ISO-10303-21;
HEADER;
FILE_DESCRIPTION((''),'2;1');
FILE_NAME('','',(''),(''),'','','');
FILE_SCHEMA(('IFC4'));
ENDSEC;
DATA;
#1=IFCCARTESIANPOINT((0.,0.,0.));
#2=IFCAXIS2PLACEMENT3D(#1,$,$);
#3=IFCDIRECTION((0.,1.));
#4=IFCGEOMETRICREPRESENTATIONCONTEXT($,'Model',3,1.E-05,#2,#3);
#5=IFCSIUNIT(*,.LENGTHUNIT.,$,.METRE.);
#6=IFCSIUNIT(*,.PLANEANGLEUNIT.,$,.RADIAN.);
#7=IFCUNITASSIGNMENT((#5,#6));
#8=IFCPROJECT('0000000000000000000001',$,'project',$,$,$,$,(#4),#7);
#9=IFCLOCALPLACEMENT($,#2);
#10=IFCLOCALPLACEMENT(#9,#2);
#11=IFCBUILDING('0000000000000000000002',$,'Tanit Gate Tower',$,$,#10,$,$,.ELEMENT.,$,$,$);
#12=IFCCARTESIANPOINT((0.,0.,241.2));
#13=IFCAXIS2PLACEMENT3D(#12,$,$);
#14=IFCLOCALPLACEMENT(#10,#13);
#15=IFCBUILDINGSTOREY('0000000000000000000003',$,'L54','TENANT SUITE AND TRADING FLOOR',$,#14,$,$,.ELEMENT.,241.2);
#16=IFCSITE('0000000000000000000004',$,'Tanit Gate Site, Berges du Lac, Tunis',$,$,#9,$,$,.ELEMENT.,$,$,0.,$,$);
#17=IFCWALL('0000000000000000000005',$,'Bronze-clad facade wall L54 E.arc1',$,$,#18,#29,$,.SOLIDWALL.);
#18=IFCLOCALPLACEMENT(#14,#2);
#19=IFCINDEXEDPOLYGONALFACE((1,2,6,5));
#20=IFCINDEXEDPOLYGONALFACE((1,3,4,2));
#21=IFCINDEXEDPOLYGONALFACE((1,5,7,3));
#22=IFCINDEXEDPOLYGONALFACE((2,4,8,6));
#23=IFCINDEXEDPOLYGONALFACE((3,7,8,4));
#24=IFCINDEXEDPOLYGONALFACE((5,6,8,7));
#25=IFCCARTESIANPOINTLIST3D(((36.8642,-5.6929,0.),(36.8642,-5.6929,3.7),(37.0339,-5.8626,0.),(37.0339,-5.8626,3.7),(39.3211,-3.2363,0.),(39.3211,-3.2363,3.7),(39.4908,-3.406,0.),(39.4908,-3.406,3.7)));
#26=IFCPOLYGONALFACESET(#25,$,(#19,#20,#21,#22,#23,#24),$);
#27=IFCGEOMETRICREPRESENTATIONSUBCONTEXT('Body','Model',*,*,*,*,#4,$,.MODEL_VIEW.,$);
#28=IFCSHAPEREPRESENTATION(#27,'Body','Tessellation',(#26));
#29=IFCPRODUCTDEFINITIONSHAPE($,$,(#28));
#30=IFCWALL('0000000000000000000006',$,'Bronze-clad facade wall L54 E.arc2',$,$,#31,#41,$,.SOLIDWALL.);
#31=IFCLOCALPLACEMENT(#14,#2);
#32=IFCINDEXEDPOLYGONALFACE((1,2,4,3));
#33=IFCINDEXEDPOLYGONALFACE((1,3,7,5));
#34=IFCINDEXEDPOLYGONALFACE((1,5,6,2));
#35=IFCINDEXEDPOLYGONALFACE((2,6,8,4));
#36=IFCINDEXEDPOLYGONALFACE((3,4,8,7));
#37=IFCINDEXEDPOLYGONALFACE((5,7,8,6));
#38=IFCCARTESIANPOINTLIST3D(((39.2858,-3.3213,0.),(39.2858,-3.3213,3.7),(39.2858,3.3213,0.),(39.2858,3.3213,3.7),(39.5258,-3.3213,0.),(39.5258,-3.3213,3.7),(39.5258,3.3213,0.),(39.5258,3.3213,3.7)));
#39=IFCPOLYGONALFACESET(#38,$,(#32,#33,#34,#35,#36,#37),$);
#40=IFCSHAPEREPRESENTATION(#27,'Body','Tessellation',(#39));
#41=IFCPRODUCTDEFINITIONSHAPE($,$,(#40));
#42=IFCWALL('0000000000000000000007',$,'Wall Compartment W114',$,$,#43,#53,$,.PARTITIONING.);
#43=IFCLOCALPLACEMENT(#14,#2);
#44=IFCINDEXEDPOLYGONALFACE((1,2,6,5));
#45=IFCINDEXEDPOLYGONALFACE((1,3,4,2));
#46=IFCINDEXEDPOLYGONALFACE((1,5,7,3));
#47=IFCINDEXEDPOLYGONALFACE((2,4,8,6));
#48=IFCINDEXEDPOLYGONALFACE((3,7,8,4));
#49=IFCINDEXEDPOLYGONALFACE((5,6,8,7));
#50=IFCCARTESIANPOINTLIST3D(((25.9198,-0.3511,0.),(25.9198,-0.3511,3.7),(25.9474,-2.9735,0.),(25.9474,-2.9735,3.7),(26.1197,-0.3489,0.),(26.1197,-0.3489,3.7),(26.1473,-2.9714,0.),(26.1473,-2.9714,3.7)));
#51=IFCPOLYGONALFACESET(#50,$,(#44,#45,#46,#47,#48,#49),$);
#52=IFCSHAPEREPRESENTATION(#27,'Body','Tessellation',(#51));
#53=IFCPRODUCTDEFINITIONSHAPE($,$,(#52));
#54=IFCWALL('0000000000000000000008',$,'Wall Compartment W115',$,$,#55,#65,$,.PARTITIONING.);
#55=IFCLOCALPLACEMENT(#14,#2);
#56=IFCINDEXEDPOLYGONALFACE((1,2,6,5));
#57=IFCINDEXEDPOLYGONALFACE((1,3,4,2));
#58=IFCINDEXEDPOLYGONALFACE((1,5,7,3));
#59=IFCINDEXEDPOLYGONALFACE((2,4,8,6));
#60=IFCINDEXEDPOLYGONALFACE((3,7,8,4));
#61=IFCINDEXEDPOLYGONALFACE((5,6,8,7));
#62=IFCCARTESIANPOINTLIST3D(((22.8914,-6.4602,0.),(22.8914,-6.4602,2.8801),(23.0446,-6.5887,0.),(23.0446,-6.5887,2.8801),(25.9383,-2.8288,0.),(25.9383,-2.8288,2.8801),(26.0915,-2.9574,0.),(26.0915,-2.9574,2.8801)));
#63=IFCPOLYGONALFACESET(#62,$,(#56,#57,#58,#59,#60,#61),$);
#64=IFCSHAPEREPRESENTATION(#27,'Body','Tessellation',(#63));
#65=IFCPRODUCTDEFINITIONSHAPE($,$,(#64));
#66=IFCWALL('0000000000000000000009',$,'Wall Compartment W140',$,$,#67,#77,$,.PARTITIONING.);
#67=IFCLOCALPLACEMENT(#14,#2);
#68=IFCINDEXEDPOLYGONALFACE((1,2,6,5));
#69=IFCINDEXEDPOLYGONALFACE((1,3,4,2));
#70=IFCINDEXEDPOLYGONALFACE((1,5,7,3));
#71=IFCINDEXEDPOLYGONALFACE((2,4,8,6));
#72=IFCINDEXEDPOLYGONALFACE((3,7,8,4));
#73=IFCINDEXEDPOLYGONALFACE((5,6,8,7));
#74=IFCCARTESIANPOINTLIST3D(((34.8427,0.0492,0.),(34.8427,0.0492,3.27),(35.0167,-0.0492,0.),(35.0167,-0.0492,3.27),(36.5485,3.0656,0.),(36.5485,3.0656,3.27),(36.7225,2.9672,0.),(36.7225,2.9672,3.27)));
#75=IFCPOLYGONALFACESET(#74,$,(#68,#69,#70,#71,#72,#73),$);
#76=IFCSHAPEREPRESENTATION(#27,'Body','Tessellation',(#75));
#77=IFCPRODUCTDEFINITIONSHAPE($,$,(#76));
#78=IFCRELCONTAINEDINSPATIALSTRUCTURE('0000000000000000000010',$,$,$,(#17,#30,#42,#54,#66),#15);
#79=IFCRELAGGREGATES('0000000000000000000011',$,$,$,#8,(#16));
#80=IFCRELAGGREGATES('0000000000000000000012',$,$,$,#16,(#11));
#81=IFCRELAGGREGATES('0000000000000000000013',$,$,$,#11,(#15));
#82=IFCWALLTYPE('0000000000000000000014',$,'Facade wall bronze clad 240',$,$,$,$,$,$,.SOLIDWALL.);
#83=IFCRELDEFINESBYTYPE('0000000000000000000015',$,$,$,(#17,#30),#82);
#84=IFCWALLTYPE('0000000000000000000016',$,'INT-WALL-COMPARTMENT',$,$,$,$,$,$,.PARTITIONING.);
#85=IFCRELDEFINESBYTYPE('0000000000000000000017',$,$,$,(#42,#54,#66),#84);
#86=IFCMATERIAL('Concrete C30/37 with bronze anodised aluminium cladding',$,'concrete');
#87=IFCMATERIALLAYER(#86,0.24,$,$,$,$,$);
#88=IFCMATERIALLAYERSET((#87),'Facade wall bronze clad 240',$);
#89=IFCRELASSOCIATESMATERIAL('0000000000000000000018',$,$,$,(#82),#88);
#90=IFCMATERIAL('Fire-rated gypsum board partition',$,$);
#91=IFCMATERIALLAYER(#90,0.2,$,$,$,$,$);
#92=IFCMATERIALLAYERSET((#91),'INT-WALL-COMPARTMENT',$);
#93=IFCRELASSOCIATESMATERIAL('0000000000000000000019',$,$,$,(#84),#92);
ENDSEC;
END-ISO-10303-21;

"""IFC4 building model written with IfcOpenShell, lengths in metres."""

from ifc_helpers import new_model, si_unit, direction, frame, frame_2d, origin, place, context, subcontext, project, spatial, rectangle, extrude, material, layer, layer_set, type_object, element, save


model = new_model("IFC4")

# Units and contexts
model_context = context("Model", 3, precision=1e-05, world=origin(), true_north=direction((0.0, 1.0)))
body_context = subcontext(model_context, "Body", "Model", "MODEL_VIEW")
ifc_project = project(units=[si_unit("LENGTHUNIT", "METRE"), si_unit("PLANEANGLEUNIT", "RADIAN")], contexts=[model_context])

# Site, building, storey
site_placement = place(None, origin())
site = spatial("IfcSite", under=ifc_project, at=site_placement, Name="Tanit Gate Site, Berges du Lac, Tunis", CompositionType="ELEMENT", RefElevation=0.0)
building_placement = place(site_placement, origin())
building = spatial("IfcBuilding", under=site, at=building_placement, Name="Tanit Gate Tower", CompositionType="ELEMENT")
storey_placement = place(building_placement, frame((0.0, 0.0, 241.2)))
storey = spatial("IfcBuildingStorey", under=building, at=storey_placement, Name="L54", Description="TENANT SUITE AND TRADING FLOOR", CompositionType="ELEMENT", Elevation=241.2)

# Walls
ifc_material_1 = material(Name="Concrete C30/37 with bronze anodised aluminium cladding", Category="concrete")
ifc_layer_1 = layer(ifc_material_1, 0.24)
ifc_layer_set_1 = layer_set([ifc_layer_1], Name="Facade wall bronze clad 240")
wall_type_1 = type_object("IfcWallType", Name="Facade wall bronze clad 240", PredefinedType="SOLIDWALL", material=ifc_layer_set_1)
wall_1_placement = place(storey_placement, frame((36.949, -5.7778, 0.0), z_axis=(0.0, 0.0, 1.0), x_axis=(0.707142, 0.707072, 0.0)))
element("IfcWall", 1, at=wall_1_placement, inside=storey, type_object=wall_type_1, Name="Bronze-clad facade wall L54 E.arc1", PredefinedType="SOLIDWALL", context=body_context, shape_type="SweptSolid", body=[
    extrude(rectangle(XDim=3.4744, YDim=0.24, at=frame_2d((1.7373, 0.0))), origin(), (0.0, 0.0, 1.0), 3.7),
])
wall_2_placement = place(storey_placement, frame((39.4058, -3.3213, 0.0), z_axis=(0.0, 0.0, 1.0), x_axis=(0.0, 1.0, 0.0)))
element("IfcWall", 2, at=wall_2_placement, inside=storey, type_object=wall_type_1, Name="Bronze-clad facade wall L54 E.arc2", PredefinedType="SOLIDWALL", context=body_context, shape_type="SweptSolid", body=[
    extrude(rectangle(XDim=6.6426, YDim=0.24, at=frame_2d((3.3213, 0.0))), origin(), (0.0, 0.0, 1.0), 3.7),
])
ifc_material_2 = material(Name="Fire-rated gypsum board partition")
ifc_layer_2 = layer(ifc_material_2, 0.2)
ifc_layer_set_2 = layer_set([ifc_layer_2], Name="INT-WALL-COMPARTMENT")
wall_type_2 = type_object("IfcWallType", Name="INT-WALL-COMPARTMENT", PredefinedType="PARTITIONING", material=ifc_layer_set_2)
wall_3_placement = place(storey_placement, frame((26.0474, -2.9724, 0.0), z_axis=(0.0, 0.0, 1.0), x_axis=(-0.01052, 0.999945, 0.0)))
element("IfcWall", 3, at=wall_3_placement, inside=storey, type_object=wall_type_2, Name="Wall Compartment W114", PredefinedType="PARTITIONING", context=body_context, shape_type="SweptSolid", body=[
    extrude(rectangle(XDim=2.6226, YDim=0.2, at=frame_2d((1.3113, 0.0))), origin(), (0.0, 0.0, 1.0), 3.7),
])
wall_4_placement = place(storey_placement, frame((22.968, -6.5244, 0.0), z_axis=(0.0, 0.0, 1.0), x_axis=(0.642764, 0.766064, 0.0)))
element("IfcWall", 4, at=wall_4_placement, inside=storey, type_object=wall_type_2, Name="Wall Compartment W115", PredefinedType="PARTITIONING", context=body_context, shape_type="SweptSolid", body=[
    extrude(rectangle(XDim=4.7402, YDim=0.2, at=frame_2d((2.3701, 0.0))), origin(), (0.0, 0.0, 1.0), 2.8801),
])
wall_5_placement = place(storey_placement, frame((34.9297, 0.0, 0.0), z_axis=(0.0, 0.0, 1.0), x_axis=(0.492257, 0.87045, 0.0)))
element("IfcWall", 5, at=wall_5_placement, inside=storey, type_object=wall_type_2, Name="Wall Compartment W140", PredefinedType="PARTITIONING", context=body_context, shape_type="SweptSolid", body=[
    extrude(rectangle(XDim=3.4653, YDim=0.2, at=frame_2d((1.7327, 0.0))), origin(), (0.0, 0.0, 1.0), 3.27),
])

save(model, "model.ifc")
